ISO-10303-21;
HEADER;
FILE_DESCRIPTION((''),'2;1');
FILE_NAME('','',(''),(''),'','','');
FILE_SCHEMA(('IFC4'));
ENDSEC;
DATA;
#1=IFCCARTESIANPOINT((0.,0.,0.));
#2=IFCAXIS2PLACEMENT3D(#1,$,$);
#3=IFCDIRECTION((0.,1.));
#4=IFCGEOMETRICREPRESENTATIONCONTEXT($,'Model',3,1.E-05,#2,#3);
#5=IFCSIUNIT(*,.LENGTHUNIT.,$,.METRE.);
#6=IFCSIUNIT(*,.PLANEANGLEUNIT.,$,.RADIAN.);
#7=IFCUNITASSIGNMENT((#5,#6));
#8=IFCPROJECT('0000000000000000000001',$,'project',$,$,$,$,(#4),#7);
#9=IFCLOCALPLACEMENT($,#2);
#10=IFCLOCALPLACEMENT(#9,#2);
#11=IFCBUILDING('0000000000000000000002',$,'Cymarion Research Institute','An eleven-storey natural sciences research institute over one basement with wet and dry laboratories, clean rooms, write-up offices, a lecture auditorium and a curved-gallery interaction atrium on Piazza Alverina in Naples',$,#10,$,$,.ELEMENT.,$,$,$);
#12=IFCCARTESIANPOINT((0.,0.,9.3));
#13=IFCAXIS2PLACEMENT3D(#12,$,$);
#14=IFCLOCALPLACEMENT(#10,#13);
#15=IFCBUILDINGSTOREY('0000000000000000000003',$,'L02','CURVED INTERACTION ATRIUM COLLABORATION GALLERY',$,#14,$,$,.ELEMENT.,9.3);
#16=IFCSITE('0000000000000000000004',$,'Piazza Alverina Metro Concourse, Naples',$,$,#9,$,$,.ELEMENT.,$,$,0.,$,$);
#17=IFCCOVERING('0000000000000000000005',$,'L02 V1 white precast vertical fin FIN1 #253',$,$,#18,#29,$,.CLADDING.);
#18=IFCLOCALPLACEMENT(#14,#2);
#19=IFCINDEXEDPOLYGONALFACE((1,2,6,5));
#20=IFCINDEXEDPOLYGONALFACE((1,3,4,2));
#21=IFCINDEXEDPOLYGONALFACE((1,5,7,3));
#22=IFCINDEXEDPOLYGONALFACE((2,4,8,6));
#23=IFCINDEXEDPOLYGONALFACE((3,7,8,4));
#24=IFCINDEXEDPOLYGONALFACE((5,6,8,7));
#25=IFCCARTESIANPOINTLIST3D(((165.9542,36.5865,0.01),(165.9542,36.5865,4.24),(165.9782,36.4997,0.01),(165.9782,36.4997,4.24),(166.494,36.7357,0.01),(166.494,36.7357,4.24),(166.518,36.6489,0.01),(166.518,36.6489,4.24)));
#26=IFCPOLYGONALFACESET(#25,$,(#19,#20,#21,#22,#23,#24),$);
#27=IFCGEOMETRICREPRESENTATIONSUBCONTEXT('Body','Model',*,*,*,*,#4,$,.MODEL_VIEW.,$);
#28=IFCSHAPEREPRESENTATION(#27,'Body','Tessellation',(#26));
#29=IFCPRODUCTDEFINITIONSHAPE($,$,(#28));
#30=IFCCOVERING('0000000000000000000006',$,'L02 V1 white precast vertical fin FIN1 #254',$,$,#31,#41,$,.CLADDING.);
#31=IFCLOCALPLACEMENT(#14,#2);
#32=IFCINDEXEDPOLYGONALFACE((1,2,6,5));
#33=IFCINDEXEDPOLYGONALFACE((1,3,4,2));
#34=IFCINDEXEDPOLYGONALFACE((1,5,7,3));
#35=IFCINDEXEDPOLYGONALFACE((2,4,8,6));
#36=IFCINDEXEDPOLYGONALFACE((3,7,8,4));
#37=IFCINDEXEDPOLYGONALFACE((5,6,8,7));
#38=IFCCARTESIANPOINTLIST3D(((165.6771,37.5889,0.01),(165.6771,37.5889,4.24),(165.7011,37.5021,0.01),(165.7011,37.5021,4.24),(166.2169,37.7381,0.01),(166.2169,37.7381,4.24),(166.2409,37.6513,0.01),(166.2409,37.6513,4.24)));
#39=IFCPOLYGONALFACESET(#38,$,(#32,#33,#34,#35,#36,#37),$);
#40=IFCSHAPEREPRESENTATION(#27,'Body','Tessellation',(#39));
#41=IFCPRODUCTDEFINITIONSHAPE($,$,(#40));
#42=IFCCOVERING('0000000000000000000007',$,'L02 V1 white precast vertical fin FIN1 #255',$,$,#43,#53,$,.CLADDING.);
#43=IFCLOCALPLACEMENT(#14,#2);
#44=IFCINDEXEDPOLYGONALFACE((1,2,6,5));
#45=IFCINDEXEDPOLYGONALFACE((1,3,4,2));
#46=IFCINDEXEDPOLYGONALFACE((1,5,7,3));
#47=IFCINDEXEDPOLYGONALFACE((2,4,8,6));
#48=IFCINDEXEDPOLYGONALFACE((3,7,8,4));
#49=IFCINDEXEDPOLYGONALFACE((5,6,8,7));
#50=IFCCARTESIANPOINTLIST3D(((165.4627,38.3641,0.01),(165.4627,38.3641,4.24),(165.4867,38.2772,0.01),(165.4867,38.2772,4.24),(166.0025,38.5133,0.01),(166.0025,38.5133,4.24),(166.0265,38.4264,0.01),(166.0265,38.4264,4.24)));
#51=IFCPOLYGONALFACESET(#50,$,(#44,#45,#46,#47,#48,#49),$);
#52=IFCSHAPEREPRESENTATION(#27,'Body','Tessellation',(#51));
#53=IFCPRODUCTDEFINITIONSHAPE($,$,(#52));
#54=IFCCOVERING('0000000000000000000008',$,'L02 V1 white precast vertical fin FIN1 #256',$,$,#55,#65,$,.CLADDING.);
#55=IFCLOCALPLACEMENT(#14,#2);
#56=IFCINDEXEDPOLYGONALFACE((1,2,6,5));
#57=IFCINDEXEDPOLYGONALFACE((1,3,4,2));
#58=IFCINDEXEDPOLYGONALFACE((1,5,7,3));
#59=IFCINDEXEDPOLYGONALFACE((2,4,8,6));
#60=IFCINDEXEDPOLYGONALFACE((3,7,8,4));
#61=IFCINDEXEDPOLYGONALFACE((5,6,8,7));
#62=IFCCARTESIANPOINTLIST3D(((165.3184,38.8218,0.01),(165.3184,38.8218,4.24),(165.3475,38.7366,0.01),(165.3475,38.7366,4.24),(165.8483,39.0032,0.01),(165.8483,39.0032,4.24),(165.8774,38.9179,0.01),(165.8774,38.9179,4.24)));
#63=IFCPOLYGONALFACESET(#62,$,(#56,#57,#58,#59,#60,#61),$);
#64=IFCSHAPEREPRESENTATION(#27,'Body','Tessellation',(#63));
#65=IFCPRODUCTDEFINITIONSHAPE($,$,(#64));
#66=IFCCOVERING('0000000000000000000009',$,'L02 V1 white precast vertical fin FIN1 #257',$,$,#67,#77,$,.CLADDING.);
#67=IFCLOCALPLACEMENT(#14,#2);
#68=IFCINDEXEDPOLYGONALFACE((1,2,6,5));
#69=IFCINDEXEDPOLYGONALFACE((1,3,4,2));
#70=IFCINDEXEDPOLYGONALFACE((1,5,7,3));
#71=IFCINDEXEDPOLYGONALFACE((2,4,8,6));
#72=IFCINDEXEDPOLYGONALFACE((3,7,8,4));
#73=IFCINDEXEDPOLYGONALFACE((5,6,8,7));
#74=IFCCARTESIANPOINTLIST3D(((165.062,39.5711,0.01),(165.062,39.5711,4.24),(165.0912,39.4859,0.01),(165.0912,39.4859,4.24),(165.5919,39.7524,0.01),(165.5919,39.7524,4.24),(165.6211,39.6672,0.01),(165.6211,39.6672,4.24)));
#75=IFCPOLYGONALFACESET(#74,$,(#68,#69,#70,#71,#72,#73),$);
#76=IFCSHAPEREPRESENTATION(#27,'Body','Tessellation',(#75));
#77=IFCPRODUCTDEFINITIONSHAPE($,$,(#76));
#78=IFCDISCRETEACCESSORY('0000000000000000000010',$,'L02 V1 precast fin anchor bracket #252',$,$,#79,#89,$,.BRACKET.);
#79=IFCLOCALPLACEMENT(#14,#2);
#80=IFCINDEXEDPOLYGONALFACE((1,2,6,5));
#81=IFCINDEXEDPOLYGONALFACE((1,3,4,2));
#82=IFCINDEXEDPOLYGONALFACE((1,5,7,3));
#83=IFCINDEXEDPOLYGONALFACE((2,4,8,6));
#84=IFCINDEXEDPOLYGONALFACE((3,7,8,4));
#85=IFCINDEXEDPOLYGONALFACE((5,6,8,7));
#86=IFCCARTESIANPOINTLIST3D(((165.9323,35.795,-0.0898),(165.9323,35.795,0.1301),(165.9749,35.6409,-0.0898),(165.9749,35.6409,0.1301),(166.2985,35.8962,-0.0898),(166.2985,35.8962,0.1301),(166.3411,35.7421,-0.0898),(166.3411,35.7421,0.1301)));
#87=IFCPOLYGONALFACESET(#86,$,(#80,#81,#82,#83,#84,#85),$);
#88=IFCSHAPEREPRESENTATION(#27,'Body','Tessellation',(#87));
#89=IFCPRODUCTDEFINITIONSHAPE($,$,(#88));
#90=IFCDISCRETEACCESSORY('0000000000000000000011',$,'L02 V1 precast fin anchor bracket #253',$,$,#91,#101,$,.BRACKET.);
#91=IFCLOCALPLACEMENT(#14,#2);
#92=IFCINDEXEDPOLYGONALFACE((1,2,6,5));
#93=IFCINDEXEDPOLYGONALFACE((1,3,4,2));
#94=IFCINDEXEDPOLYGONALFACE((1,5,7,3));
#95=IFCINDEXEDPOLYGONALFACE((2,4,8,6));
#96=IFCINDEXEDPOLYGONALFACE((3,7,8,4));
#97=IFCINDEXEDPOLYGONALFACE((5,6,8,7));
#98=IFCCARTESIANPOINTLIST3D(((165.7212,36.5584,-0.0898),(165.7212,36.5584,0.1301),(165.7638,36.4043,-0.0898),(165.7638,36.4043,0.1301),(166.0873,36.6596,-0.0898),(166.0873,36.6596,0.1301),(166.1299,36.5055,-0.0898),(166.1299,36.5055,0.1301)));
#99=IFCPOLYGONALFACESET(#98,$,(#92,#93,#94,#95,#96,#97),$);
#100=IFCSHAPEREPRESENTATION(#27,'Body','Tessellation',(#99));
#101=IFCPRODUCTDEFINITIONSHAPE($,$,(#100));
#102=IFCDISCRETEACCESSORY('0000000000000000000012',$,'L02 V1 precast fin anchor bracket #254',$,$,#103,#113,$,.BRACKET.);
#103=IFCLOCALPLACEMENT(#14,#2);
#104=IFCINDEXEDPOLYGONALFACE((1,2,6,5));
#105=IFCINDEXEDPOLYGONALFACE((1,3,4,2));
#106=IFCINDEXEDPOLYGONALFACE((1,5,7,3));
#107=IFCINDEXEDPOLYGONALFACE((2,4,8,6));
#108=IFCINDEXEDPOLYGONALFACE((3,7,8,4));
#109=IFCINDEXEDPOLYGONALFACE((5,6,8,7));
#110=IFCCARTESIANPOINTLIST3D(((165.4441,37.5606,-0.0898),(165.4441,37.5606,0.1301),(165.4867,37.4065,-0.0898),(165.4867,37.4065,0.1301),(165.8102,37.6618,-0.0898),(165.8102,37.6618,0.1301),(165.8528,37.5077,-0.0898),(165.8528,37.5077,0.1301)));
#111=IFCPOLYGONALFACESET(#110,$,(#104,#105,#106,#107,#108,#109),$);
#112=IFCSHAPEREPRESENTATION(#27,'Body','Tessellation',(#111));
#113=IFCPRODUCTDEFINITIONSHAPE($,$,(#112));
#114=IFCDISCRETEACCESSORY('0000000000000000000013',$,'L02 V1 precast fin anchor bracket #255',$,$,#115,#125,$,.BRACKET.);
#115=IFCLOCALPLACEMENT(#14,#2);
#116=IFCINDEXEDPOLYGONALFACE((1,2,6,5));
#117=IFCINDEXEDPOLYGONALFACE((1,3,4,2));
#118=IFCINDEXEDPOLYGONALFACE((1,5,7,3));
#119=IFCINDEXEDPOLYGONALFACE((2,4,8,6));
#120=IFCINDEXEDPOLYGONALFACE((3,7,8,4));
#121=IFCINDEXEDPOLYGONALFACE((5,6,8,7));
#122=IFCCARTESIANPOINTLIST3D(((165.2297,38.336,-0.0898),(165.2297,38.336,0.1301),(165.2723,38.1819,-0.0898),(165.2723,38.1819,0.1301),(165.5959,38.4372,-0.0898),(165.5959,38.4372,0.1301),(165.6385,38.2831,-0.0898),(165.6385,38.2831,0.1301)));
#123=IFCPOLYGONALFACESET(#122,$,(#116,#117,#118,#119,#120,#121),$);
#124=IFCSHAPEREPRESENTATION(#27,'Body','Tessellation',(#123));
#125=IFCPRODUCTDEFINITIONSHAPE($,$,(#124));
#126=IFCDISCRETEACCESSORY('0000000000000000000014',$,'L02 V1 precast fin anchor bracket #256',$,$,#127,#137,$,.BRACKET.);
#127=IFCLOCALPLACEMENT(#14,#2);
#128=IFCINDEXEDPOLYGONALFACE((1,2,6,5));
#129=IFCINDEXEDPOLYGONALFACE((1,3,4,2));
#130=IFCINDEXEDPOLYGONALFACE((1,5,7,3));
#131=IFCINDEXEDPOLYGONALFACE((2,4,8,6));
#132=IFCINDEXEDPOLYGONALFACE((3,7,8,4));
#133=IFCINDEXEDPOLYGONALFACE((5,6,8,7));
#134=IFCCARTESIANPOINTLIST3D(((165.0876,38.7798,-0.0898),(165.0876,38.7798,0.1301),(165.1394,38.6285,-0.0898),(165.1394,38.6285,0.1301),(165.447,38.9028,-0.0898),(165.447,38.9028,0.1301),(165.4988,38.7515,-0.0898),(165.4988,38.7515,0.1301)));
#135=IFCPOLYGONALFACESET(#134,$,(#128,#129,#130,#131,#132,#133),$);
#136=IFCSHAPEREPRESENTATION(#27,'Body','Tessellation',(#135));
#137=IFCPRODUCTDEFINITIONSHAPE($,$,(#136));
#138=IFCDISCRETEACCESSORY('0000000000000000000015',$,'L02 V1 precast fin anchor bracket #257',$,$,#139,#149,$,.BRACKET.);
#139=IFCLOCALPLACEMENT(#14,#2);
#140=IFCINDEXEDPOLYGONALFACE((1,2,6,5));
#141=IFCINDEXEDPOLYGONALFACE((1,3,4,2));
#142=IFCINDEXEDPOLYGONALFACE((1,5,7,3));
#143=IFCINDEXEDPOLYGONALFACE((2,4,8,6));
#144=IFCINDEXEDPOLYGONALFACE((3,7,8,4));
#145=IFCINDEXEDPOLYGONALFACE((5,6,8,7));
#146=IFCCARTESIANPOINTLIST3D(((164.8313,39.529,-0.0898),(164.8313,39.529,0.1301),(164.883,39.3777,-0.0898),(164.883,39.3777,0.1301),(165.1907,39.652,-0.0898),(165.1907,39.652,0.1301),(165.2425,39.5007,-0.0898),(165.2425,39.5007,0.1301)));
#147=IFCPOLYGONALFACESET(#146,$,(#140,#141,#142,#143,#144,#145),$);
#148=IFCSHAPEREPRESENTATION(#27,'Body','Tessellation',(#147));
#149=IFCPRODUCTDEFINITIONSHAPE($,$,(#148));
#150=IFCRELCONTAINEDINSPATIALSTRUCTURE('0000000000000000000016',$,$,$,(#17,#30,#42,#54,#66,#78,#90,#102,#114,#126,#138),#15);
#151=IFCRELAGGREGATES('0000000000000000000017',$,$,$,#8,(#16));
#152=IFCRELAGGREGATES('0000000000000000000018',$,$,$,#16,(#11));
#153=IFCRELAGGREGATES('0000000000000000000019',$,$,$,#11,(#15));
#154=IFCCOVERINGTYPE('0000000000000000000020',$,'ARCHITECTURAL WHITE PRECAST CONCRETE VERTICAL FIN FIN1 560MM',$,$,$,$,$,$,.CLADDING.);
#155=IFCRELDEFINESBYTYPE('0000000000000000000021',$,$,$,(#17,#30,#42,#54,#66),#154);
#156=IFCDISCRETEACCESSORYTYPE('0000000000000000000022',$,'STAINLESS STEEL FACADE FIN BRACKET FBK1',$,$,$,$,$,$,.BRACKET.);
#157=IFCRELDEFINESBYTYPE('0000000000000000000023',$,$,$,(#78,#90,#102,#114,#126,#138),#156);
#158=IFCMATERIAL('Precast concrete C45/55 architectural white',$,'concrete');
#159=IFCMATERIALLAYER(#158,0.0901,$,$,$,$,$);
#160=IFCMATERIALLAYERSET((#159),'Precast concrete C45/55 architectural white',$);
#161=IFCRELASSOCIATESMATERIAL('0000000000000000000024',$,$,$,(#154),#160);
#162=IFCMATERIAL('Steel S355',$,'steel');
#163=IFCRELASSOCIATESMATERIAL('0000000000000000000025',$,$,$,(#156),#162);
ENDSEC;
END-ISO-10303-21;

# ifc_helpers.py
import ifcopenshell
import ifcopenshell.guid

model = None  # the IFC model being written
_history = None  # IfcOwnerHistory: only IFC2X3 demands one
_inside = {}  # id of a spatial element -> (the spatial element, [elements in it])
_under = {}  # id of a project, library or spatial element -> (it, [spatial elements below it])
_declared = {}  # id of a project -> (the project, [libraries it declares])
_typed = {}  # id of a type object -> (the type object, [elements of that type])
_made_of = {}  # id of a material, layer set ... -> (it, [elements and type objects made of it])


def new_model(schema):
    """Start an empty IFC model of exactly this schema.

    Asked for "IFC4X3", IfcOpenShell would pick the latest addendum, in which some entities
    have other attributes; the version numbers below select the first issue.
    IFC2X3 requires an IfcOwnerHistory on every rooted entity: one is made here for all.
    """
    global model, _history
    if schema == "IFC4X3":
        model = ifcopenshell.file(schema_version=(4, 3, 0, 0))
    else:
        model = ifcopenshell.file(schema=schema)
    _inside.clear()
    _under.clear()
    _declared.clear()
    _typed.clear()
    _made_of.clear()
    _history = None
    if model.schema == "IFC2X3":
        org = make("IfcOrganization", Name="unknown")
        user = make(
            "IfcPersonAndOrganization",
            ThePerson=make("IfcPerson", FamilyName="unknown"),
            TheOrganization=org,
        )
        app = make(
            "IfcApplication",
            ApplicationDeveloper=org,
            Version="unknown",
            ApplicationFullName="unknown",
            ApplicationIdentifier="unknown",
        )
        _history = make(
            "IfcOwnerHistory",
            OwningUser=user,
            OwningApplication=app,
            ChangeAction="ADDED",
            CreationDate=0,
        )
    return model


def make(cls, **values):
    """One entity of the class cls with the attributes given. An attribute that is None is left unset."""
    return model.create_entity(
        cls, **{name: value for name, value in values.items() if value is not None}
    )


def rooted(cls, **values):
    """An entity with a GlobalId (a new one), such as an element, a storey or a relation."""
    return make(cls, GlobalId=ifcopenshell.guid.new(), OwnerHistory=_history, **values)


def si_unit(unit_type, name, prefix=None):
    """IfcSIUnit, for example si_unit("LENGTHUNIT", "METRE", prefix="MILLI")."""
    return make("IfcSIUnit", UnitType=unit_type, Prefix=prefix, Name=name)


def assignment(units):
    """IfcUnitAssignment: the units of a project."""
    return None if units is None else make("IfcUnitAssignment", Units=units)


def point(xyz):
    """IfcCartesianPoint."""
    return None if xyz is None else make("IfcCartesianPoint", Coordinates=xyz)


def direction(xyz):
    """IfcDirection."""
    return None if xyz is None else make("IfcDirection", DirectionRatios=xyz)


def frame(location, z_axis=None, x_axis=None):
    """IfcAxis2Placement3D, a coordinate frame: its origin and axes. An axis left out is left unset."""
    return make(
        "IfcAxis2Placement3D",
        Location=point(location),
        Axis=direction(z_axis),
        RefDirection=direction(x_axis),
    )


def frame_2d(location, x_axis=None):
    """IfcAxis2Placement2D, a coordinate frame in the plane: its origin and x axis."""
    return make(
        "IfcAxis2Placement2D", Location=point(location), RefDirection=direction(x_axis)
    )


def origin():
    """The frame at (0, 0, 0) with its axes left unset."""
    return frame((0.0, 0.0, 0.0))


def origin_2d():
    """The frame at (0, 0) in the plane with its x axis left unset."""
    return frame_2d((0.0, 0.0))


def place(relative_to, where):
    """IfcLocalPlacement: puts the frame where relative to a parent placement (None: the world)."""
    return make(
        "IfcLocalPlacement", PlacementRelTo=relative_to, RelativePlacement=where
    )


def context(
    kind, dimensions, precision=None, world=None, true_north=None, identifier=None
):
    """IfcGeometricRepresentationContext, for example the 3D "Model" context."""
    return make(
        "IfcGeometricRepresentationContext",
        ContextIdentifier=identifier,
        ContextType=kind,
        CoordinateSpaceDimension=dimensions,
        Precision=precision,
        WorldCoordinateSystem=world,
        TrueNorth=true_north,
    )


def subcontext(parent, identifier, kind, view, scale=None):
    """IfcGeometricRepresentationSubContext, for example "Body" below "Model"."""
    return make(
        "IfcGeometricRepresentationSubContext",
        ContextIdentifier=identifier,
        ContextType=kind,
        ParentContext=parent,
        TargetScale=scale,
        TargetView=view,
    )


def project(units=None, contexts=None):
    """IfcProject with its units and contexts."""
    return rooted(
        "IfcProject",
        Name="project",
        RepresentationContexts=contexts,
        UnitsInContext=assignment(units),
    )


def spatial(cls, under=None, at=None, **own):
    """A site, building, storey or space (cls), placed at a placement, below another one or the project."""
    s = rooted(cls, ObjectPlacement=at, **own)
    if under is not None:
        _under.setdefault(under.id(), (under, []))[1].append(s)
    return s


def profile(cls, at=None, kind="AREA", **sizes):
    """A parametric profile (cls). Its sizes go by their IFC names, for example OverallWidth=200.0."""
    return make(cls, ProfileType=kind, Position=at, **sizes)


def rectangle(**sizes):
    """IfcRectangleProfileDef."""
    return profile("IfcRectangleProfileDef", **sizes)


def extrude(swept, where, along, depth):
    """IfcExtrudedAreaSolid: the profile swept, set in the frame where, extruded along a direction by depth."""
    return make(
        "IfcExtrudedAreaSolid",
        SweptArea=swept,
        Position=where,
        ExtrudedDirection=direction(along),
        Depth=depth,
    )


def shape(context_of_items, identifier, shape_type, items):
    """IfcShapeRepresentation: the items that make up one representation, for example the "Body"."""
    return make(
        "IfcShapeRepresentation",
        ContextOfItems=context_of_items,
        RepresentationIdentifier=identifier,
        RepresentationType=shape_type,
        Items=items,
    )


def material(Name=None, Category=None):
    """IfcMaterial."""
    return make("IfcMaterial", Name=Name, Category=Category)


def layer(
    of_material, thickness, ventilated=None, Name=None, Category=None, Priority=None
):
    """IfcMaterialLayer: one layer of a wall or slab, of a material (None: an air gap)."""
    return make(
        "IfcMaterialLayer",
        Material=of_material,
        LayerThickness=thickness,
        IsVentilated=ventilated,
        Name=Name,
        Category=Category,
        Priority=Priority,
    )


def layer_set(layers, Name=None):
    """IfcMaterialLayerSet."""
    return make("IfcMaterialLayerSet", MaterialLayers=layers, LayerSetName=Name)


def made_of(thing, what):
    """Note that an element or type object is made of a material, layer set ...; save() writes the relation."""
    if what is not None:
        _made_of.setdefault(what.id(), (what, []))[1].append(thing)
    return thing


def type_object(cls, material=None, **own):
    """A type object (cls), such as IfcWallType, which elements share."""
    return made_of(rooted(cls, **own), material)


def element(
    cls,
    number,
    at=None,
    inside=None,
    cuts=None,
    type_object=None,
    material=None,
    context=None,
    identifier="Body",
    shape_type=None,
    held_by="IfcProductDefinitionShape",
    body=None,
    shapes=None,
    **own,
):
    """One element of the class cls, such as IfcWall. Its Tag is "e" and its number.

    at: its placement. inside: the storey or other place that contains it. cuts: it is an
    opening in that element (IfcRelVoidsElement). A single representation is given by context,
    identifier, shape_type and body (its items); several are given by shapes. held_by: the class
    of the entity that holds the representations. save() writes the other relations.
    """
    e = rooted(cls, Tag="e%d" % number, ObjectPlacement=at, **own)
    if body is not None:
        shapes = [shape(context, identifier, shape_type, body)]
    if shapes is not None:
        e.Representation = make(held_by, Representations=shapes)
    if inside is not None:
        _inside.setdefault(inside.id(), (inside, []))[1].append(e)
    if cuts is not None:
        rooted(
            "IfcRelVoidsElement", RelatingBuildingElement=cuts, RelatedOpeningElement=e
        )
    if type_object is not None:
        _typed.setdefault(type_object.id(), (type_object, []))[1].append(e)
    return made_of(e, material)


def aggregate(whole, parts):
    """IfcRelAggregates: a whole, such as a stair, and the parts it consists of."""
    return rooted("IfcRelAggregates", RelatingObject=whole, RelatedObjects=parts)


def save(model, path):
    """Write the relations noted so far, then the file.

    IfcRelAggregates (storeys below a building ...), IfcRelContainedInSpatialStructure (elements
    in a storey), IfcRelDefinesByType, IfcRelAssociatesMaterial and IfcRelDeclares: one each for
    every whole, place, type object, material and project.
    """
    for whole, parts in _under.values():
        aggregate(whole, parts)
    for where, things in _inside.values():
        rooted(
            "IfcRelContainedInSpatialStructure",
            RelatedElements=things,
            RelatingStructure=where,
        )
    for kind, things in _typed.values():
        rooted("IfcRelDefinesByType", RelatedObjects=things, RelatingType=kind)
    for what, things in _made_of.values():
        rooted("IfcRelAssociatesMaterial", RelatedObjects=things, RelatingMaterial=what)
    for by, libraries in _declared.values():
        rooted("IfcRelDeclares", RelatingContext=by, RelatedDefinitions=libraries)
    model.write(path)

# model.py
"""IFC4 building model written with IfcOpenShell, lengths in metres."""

from ifc_helpers import new_model, si_unit, direction, frame, origin, origin_2d, place, context, subcontext, project, spatial, rectangle, extrude, material, layer, layer_set, type_object, element, save


model = new_model("IFC4")

# Units and contexts
model_context = context("Model", 3, precision=1e-05, world=origin(), true_north=direction((0.0, 1.0)))
body_context = subcontext(model_context, "Body", "Model", "MODEL_VIEW")
ifc_project = project(units=[si_unit("LENGTHUNIT", "METRE"), si_unit("PLANEANGLEUNIT", "RADIAN")], contexts=[model_context])

# Site, building, storey
site_placement = place(None, origin())
site = spatial("IfcSite", under=ifc_project, at=site_placement, Name="Piazza Alverina Metro Concourse, Naples", CompositionType="ELEMENT", RefElevation=0.0)
building_placement = place(site_placement, origin())
building = spatial("IfcBuilding", under=site, at=building_placement, Name="Cymarion Research Institute", Description="An eleven-storey natural sciences research institute over one basement with wet and dry laboratories, clean rooms, write-up offices, a lecture auditorium and a curved-gallery interaction atrium on Piazza Alverina in Naples", CompositionType="ELEMENT")
storey_placement = place(building_placement, frame((0.0, 0.0, 9.3)))
storey = spatial("IfcBuildingStorey", under=building, at=storey_placement, Name="L02", Description="CURVED INTERACTION ATRIUM COLLABORATION GALLERY", CompositionType="ELEMENT", Elevation=9.3)

# Shared definitions
ifc_material_1 = material(Name="Steel S355", Category="steel")

# Coverings
ifc_material_2 = material(Name="Precast concrete C45/55 architectural white", Category="concrete")
ifc_layer_1 = layer(ifc_material_2, 0.0901)
ifc_layer_set_1 = layer_set([ifc_layer_1], Name="Precast concrete C45/55 architectural white")
covering_type = type_object("IfcCoveringType", Name="ARCHITECTURAL WHITE PRECAST CONCRETE VERTICAL FIN FIN1 560MM", PredefinedType="CLADDING", material=ifc_layer_set_1)
for number, where, z_axis, x_axis, name in (
    (1, (166.2361, 36.6177, 0.01), (0.0, 0.0, 1.0), (0.963863, 0.266397, 0.0), "L02 V1 white precast vertical fin FIN1 #253"),
    (2, (165.959, 37.6201, 0.01), (0.0, 0.0, 1.0), (0.963863, 0.266397, 0.0), "L02 V1 white precast vertical fin FIN1 #254"),
    (3, (165.7446, 38.3953, 0.01), (0.0, 0.0, 1.0), (0.963863, 0.266397, 0.0), "L02 V1 white precast vertical fin FIN1 #255"),
    (4, (165.5979, 38.8699, 0.01), (0.0, 0.0, 1.0), (0.946142, 0.323752, 0.0), "L02 V1 white precast vertical fin FIN1 #256"),
    (5, (165.3416, 39.6191, 0.01), (0.0, 0.0, 1.0), (0.946142, 0.323752, 0.0), "L02 V1 white precast vertical fin FIN1 #257"),
):
    element("IfcCovering", number, at=place(storey_placement, frame(where, z_axis=z_axis, x_axis=x_axis)), inside=storey, type_object=covering_type, Name=name, PredefinedType="CLADDING", context=body_context, shape_type="SweptSolid", body=[
        extrude(rectangle(XDim=0.5601, YDim=0.0901, at=origin_2d()), origin(), (0.0, 0.0, 1.0), 4.23),
    ])

# Discrete accessories
discrete_accessory_type = type_object("IfcDiscreteAccessoryType", Name="STAINLESS STEEL FACADE FIN BRACKET FBK1", PredefinedType="BRACKET", material=ifc_material_1)
for number, where, z_axis, x_axis, name in (
    (6, (166.1367, 35.7686, -0.0898), (0.0, 0.0, 1.0), (0.963863, 0.266397, 0.0), "L02 V1 precast fin anchor bracket #252"),
    (7, (165.9255, 36.532, -0.0898), (0.0, 0.0, 1.0), (0.963863, 0.266397, 0.0), "L02 V1 precast fin anchor bracket #253"),
    (8, (165.6484, 37.5342, -0.0898), (0.0, 0.0, 1.0), (0.963863, 0.266397, 0.0), "L02 V1 precast fin anchor bracket #254"),
    (9, (165.4341, 38.3096, -0.0898), (0.0, 0.0, 1.0), (0.963863, 0.266397, 0.0), "L02 V1 precast fin anchor bracket #255"),
    (10, (165.2932, 38.7656, -0.0898), (0.0, 0.0, 1.0), (0.946142, 0.323752, 0.0), "L02 V1 precast fin anchor bracket #256"),
    (11, (165.0369, 39.5149, -0.0898), (0.0, 0.0, 1.0), (0.946142, 0.323752, 0.0), "L02 V1 precast fin anchor bracket #257"),
):
    element("IfcDiscreteAccessory", number, at=place(storey_placement, frame(where, z_axis=z_axis, x_axis=x_axis)), inside=storey, type_object=discrete_accessory_type, Name=name, PredefinedType="BRACKET", context=body_context, shape_type="SweptSolid", body=[
        extrude(rectangle(XDim=0.3799, YDim=0.1599, at=origin_2d()), origin(), (0.0, 0.0, 1.0), 0.22),
    ])

save(model, "model.ifc")
